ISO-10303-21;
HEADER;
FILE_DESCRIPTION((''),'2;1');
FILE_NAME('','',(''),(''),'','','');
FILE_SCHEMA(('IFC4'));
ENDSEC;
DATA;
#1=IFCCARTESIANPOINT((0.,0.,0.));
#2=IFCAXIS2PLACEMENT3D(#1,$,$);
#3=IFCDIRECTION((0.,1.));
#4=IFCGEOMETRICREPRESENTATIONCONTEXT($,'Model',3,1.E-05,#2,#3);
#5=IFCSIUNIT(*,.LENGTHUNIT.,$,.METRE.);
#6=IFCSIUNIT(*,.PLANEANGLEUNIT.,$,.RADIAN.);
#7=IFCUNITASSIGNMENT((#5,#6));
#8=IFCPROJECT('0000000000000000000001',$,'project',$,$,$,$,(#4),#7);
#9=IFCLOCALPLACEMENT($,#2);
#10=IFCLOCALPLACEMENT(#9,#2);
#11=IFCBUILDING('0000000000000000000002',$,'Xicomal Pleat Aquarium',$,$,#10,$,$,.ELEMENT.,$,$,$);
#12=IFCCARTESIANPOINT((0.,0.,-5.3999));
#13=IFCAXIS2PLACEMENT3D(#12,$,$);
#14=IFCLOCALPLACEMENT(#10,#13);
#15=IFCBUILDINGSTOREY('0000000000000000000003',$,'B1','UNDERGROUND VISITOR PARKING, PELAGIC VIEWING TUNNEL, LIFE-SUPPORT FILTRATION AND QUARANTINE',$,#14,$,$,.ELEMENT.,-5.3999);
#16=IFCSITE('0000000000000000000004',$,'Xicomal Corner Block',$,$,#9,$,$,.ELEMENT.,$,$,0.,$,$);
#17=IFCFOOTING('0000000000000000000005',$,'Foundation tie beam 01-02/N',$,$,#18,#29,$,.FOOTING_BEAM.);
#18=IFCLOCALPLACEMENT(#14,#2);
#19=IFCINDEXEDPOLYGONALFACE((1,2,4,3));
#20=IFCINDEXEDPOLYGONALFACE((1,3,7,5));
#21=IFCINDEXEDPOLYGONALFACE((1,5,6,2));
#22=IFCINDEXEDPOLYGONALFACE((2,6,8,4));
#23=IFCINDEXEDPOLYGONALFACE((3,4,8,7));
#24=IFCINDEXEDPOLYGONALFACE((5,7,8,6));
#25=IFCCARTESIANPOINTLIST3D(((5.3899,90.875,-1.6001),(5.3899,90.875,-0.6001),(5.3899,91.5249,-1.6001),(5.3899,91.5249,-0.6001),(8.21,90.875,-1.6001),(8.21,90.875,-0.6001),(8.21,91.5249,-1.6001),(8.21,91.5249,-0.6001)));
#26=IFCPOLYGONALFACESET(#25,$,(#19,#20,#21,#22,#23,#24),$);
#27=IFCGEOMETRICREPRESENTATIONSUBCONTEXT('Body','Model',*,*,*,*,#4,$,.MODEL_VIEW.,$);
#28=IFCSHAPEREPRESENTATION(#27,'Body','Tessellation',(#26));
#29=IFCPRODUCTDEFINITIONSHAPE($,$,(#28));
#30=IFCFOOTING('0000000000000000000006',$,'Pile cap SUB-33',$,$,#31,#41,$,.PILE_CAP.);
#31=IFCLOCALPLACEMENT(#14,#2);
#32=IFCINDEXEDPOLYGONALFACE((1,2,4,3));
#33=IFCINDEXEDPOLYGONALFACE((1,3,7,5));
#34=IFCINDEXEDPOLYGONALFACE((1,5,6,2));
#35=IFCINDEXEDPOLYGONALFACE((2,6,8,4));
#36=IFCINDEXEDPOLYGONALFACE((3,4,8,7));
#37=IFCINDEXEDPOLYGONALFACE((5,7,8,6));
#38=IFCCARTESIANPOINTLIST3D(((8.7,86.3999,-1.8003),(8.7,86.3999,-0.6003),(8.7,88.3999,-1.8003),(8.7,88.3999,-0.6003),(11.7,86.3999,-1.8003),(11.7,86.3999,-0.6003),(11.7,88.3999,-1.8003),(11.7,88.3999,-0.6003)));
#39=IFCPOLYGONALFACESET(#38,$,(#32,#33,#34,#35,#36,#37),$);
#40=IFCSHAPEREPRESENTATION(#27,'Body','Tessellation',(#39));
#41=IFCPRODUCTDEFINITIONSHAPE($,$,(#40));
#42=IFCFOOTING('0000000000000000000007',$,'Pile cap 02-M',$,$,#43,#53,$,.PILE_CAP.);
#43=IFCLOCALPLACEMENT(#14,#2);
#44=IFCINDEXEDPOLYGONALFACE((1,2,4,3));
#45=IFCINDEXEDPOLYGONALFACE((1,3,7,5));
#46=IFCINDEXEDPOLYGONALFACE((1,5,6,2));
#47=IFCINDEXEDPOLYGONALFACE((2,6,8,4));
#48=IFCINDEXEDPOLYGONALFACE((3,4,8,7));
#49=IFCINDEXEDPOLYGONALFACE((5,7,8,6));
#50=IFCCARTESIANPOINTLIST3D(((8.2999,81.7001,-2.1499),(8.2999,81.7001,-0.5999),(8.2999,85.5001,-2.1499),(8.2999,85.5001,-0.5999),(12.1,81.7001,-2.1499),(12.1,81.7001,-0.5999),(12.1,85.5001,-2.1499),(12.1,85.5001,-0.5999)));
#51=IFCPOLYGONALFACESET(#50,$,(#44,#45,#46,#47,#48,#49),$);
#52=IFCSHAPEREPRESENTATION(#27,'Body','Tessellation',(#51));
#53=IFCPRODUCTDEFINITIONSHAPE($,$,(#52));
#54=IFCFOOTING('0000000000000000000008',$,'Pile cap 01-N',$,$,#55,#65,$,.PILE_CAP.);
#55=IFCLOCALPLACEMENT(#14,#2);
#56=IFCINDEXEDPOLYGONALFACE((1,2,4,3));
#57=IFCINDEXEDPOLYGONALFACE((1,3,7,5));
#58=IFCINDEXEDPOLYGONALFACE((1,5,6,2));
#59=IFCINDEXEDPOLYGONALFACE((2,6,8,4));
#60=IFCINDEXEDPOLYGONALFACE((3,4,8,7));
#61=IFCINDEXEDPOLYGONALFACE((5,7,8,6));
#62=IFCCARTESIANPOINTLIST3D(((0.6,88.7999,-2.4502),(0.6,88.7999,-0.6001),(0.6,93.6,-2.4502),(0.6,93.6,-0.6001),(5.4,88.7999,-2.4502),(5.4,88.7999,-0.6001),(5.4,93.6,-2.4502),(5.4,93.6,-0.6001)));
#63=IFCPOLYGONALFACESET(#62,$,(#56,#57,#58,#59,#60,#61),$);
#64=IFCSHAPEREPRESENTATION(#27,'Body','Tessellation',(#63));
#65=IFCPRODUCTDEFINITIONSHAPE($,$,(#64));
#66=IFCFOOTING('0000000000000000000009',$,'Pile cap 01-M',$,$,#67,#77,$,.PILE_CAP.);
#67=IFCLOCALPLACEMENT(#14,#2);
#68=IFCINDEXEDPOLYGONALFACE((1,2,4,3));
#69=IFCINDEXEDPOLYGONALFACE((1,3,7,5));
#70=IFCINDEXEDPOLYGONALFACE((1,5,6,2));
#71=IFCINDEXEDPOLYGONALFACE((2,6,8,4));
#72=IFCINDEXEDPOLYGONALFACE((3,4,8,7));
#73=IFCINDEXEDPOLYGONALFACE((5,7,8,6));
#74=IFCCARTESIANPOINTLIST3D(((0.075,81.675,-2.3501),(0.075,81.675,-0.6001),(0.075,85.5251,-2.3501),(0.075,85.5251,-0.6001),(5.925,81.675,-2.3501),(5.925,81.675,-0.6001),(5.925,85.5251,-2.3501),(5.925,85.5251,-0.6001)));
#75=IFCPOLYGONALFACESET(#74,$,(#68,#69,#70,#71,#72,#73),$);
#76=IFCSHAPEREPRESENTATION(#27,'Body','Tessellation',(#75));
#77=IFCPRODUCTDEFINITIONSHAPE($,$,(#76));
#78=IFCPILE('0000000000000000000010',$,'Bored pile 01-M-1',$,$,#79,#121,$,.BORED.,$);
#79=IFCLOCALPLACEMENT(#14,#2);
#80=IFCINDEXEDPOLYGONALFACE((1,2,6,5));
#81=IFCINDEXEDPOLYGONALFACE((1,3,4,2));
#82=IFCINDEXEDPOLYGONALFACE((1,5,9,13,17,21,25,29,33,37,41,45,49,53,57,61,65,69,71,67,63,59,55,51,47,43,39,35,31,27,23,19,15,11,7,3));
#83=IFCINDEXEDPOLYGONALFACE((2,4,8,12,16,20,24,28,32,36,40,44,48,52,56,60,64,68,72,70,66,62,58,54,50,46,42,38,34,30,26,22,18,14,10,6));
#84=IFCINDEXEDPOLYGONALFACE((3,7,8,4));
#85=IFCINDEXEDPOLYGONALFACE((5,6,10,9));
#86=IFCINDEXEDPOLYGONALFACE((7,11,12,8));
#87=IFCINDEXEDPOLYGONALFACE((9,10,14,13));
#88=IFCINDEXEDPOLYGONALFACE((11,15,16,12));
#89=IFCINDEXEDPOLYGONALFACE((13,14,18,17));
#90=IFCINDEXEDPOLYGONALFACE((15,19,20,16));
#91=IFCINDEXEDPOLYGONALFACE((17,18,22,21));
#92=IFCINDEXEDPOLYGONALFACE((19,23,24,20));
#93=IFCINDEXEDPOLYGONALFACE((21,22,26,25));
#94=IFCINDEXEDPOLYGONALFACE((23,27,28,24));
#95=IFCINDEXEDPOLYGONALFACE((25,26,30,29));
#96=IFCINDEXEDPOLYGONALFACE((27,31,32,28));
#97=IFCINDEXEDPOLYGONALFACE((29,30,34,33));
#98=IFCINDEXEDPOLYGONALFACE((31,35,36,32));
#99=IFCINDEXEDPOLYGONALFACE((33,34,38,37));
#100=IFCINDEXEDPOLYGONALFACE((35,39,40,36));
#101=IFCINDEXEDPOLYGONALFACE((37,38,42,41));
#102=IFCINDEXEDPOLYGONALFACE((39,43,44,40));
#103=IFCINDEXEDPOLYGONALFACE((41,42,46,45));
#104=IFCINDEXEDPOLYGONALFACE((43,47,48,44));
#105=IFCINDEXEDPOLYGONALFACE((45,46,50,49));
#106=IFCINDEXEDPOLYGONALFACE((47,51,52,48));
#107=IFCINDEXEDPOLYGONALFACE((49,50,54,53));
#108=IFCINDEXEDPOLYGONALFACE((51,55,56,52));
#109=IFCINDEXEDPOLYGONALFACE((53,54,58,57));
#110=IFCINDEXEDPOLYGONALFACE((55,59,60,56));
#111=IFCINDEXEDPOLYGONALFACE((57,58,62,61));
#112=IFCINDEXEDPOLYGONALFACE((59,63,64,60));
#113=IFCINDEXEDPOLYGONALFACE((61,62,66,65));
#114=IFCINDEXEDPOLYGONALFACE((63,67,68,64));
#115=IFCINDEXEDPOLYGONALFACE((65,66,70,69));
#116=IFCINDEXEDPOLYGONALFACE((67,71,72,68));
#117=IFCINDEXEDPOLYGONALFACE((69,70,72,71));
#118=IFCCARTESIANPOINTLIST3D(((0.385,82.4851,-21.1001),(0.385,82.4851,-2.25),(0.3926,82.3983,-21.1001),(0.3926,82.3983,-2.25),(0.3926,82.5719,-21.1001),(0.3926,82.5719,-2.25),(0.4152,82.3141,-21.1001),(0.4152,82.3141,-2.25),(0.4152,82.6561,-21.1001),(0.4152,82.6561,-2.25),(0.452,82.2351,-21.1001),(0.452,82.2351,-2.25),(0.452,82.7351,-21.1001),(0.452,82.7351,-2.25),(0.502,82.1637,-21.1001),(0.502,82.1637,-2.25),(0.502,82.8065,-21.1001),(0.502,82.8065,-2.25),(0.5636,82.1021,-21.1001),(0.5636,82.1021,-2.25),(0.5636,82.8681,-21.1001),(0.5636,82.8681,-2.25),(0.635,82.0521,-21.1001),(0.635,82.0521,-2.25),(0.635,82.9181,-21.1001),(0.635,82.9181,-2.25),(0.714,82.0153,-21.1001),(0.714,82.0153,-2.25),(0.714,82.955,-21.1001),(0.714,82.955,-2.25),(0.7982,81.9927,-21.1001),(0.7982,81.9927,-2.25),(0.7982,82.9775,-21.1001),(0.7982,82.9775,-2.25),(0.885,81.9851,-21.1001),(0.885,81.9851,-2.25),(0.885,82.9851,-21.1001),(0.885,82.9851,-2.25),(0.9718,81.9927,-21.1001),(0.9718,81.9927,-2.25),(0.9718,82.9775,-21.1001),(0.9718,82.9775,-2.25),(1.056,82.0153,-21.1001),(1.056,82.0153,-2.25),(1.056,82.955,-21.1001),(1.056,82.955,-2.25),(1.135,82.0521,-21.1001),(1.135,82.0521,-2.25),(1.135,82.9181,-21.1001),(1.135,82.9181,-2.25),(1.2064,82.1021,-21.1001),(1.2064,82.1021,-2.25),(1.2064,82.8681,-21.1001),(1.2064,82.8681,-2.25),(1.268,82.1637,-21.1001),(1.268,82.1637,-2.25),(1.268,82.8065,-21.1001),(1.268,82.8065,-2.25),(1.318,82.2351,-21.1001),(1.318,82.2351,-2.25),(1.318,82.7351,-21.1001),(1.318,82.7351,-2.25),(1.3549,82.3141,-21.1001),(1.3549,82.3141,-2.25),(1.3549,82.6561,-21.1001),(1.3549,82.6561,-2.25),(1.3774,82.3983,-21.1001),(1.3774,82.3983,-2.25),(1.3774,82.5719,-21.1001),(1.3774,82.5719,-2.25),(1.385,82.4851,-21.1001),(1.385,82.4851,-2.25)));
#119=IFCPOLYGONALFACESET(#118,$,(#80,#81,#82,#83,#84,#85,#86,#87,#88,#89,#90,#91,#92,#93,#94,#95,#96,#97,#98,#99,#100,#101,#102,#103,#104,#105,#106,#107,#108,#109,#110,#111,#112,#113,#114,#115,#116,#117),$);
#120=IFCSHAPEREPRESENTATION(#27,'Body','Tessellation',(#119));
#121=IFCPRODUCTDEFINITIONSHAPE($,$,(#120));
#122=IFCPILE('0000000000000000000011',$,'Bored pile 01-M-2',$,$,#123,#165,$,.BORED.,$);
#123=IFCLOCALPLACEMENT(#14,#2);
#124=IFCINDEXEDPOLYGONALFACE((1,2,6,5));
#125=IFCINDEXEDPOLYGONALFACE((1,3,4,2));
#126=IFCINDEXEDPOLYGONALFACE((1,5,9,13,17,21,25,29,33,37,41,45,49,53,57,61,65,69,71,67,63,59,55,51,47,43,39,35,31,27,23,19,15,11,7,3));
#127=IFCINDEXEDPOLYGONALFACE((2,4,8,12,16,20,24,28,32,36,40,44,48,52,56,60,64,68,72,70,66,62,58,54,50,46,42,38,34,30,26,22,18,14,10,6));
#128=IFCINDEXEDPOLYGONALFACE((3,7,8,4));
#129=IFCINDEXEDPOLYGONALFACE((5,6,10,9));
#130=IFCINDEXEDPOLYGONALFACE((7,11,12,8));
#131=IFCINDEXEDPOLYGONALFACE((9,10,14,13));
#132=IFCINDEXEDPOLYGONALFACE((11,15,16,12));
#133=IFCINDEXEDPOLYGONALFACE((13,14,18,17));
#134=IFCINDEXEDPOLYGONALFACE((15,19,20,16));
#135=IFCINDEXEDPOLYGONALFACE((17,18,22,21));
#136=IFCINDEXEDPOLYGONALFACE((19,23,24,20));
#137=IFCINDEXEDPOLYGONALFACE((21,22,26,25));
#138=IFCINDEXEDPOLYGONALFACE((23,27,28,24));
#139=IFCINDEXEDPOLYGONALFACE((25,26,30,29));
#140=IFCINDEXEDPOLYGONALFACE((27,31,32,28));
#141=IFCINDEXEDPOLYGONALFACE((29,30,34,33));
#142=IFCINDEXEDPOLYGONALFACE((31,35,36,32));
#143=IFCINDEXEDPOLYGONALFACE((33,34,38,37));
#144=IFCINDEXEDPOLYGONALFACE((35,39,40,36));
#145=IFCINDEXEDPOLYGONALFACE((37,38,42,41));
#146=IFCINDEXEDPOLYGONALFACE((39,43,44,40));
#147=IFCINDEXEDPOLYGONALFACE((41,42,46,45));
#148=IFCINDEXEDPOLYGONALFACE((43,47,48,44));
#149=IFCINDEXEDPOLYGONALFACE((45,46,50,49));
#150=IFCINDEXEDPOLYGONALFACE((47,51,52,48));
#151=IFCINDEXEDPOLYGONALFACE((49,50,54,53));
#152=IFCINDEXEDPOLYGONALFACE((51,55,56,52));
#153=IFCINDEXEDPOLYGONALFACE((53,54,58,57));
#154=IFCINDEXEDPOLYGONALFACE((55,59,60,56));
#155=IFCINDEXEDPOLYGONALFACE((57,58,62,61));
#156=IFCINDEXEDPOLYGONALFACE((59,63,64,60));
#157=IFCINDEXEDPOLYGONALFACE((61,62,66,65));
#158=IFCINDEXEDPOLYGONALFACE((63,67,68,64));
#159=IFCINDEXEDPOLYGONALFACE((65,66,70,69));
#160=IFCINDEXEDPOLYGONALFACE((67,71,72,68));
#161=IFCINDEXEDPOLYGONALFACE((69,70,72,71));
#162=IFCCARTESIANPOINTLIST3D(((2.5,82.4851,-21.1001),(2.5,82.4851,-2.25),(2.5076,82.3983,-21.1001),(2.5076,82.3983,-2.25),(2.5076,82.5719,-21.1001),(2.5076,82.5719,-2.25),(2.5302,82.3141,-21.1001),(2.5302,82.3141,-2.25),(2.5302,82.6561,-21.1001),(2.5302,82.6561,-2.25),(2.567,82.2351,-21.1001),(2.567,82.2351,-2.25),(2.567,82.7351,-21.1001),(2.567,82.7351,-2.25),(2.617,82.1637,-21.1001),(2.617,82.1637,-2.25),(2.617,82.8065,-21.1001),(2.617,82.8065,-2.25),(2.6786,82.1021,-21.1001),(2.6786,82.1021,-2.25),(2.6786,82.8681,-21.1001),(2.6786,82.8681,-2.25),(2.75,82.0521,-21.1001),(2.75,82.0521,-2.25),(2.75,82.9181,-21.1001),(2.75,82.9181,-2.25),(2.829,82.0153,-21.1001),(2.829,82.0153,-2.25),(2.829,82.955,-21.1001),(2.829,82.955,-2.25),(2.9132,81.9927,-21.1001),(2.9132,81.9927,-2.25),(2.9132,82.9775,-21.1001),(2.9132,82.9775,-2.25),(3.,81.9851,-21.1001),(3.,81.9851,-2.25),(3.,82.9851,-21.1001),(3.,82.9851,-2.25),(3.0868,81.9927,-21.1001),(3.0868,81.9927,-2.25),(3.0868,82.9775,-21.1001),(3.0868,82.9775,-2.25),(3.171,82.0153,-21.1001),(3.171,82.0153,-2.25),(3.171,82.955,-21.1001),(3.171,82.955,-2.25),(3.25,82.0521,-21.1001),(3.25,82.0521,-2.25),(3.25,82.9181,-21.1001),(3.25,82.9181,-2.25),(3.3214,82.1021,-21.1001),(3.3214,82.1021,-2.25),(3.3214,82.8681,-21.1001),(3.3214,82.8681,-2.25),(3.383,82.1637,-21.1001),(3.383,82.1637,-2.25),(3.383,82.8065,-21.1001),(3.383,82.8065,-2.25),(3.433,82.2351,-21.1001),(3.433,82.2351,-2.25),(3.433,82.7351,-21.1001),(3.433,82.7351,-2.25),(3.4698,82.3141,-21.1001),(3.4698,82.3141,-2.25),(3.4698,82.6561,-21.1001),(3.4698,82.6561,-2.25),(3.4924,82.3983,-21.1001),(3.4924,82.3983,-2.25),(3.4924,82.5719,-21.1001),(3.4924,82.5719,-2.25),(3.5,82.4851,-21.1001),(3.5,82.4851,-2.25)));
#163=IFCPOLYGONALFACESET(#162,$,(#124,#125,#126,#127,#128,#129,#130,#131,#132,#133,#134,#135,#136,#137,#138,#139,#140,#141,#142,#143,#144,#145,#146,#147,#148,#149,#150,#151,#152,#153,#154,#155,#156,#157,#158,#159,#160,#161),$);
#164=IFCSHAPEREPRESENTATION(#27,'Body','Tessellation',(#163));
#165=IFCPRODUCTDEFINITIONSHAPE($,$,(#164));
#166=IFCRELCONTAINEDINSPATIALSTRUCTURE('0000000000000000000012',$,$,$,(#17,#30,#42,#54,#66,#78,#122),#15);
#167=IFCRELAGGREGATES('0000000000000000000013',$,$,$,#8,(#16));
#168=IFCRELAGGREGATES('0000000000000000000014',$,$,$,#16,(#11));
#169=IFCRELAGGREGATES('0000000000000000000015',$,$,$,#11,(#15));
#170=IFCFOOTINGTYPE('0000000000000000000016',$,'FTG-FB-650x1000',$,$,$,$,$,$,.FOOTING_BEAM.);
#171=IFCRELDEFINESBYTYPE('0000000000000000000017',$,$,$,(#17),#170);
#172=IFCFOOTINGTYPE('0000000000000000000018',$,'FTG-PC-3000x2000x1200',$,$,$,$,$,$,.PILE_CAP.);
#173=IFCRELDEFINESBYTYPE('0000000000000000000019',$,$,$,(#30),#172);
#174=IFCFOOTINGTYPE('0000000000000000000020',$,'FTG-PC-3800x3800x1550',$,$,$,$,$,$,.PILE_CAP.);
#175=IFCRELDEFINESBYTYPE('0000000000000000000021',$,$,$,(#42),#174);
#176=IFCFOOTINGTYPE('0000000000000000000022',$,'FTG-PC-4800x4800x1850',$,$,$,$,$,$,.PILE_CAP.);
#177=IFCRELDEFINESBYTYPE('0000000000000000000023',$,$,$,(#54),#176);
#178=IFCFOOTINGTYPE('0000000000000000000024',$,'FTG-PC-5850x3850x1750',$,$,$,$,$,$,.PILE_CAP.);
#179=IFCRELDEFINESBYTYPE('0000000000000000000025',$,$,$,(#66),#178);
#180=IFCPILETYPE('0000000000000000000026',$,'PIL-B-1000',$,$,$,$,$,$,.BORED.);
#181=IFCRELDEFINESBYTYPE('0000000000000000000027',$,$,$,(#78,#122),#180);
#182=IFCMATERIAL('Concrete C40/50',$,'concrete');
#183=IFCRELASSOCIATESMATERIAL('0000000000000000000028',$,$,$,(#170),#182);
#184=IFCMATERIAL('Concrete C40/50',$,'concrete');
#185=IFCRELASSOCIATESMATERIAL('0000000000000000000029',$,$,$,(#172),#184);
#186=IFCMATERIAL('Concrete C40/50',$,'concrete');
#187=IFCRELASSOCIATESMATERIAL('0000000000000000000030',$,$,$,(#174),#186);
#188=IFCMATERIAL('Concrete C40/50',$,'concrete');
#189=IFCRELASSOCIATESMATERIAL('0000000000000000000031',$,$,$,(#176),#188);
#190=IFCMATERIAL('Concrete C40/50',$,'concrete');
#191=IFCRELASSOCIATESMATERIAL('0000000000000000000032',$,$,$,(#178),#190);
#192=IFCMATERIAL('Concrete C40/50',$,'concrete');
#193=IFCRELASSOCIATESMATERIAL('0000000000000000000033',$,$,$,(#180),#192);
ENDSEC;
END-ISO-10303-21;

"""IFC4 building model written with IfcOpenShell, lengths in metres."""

from ifc_helpers import new_model, si_unit, direction, frame, origin, origin_2d, place, context, subcontext, project, spatial, rectangle, circle, extrude, material, material_profile, profile_set, type_object, element, save


model = new_model("IFC4")

# Units and contexts
model_context = context("Model", 3, precision=1e-05, world=origin(), true_north=direction((0.0, 1.0)))
body_context = subcontext(model_context, "Body", "Model", "MODEL_VIEW")
ifc_project = project(units=[si_unit("LENGTHUNIT", "METRE"), si_unit("PLANEANGLEUNIT", "RADIAN")], contexts=[model_context])

# Site, building, storey
site_placement = place(None, origin())
site = spatial("IfcSite", under=ifc_project, at=site_placement, Name="Xicomal Corner Block", CompositionType="ELEMENT", RefElevation=0.0)
building_placement = place(site_placement, origin())
building = spatial("IfcBuilding", under=site, at=building_placement, Name="Xicomal Pleat Aquarium", CompositionType="ELEMENT")
storey_placement = place(building_placement, frame((0.0, 0.0, -5.3999)))
storey = spatial("IfcBuildingStorey", under=building, at=storey_placement, Name="B1", Description="UNDERGROUND VISITOR PARKING, PELAGIC VIEWING TUNNEL, LIFE-SUPPORT FILTRATION AND QUARANTINE", CompositionType="ELEMENT", Elevation=-5.3999)

# Footings
ifc_material_1 = material(Name="Concrete C40/50", Category="concrete")
ifc_material_profile_1 = material_profile(ifc_material_1, rectangle(XDim=0.6499, YDim=1.0, at=origin_2d()), Name="FB-03 650x1000")
ifc_profile_set_1 = profile_set([ifc_material_profile_1], Name="Concrete C40/50")
footing_type_1 = type_object("IfcFootingType", Name="FTG-FB-650x1000", PredefinedType="FOOTING_BEAM", material=ifc_profile_set_1)
footing_1_placement = place(storey_placement, frame((5.3899, 91.2, -1.1001), z_axis=(1.0, 0.0, 0.0), x_axis=(0.0, 1.0, 0.0)))
element("IfcFooting", 1, at=footing_1_placement, inside=storey, type_object=footing_type_1, Name="Foundation tie beam 01-02/N", PredefinedType="FOOTING_BEAM", context=body_context, shape_type="SweptSolid", body=[
    extrude(rectangle(XDim=0.6499, YDim=1.0, at=origin_2d()), origin(), (0.0, 0.0, 1.0), 2.8201),
])
ifc_material_2 = material(Name="Concrete C40/50", Category="concrete")
footing_type_2 = type_object("IfcFootingType", Name="FTG-PC-3000x2000x1200", PredefinedType="PILE_CAP", material=ifc_material_2)
footing_2_placement = place(storey_placement, frame((10.2, 87.3999, -1.8003), z_axis=(0.0, 0.0, 1.0), x_axis=(1.0, 0.0, 0.0)))
element("IfcFooting", 2, at=footing_2_placement, inside=storey, type_object=footing_type_2, Name="Pile cap SUB-33", PredefinedType="PILE_CAP", context=body_context, shape_type="SweptSolid", body=[
    extrude(rectangle(XDim=3.0, YDim=2.0, at=origin_2d()), origin(), (0.0, 0.0, 1.0), 1.2),
])
ifc_material_3 = material(Name="Concrete C40/50", Category="concrete")
footing_type_3 = type_object("IfcFootingType", Name="FTG-PC-3800x3800x1550", PredefinedType="PILE_CAP", material=ifc_material_3)
footing_3_placement = place(storey_placement, frame((10.2, 83.6001, -2.1499), z_axis=(0.0, 0.0, 1.0), x_axis=(1.0, 0.0, 0.0)))
element("IfcFooting", 3, at=footing_3_placement, inside=storey, type_object=footing_type_3, Name="Pile cap 02-M", PredefinedType="PILE_CAP", context=body_context, shape_type="SweptSolid", body=[
    extrude(rectangle(XDim=3.8, YDim=3.8, at=origin_2d()), origin(), (0.0, 0.0, 1.0), 1.55),
])
ifc_material_4 = material(Name="Concrete C40/50", Category="concrete")
footing_type_4 = type_object("IfcFootingType", Name="FTG-PC-4800x4800x1850", PredefinedType="PILE_CAP", material=ifc_material_4)
footing_4_placement = place(storey_placement, frame((3.0, 91.2, -2.4502), z_axis=(0.0, 0.0, 1.0), x_axis=(1.0, 0.0, 0.0)))
element("IfcFooting", 4, at=footing_4_placement, inside=storey, type_object=footing_type_4, Name="Pile cap 01-N", PredefinedType="PILE_CAP", context=body_context, shape_type="SweptSolid", body=[
    extrude(rectangle(XDim=4.8, YDim=4.8, at=origin_2d()), origin(), (0.0, 0.0, 1.0), 1.8501),
])
ifc_material_5 = material(Name="Concrete C40/50", Category="concrete")
footing_type_5 = type_object("IfcFootingType", Name="FTG-PC-5850x3850x1750", PredefinedType="PILE_CAP", material=ifc_material_5)
footing_5_placement = place(storey_placement, frame((3.0, 83.6001, -2.3501), z_axis=(0.0, 0.0, 1.0), x_axis=(1.0, 0.0, 0.0)))
element("IfcFooting", 5, at=footing_5_placement, inside=storey, type_object=footing_type_5, Name="Pile cap 01-M", PredefinedType="PILE_CAP", context=body_context, shape_type="SweptSolid", body=[
    extrude(rectangle(XDim=5.8501, YDim=3.8501, at=origin_2d()), origin(), (0.0, 0.0, 1.0), 1.75),
])

# Piles
ifc_material_6 = material(Name="Concrete C40/50", Category="concrete")
ifc_material_profile_2 = material_profile(ifc_material_6, circle(Radius=0.5, at=origin_2d()), Name="BORED PILE D1000")
ifc_profile_set_2 = profile_set([ifc_material_profile_2], Name="Concrete C40/50")
pile_type_1 = type_object("IfcPileType", Name="PIL-B-1000", PredefinedType="BORED", material=ifc_profile_set_2)
for number, where, z_axis, x_axis, name in (
    (6, (0.885, 82.4851, -2.25), (0.0, 0.0, -1.0), (1.0, 0.0, 0.0), "Bored pile 01-M-1"),
    (7, (3.0, 82.4851, -2.25), (0.0, 0.0, -1.0), (1.0, 0.0, 0.0), "Bored pile 01-M-2"),
):
    element("IfcPile", number, at=place(storey_placement, frame(where, z_axis=z_axis, x_axis=x_axis)), inside=storey, type_object=pile_type_1, Name=name, PredefinedType="BORED", context=body_context, shape_type="SweptSolid", body=[
        extrude(circle(Radius=0.5, at=origin_2d()), origin(), (0.0, 0.0, 1.0), 18.8501),
    ])

save(model, "model.ifc")
